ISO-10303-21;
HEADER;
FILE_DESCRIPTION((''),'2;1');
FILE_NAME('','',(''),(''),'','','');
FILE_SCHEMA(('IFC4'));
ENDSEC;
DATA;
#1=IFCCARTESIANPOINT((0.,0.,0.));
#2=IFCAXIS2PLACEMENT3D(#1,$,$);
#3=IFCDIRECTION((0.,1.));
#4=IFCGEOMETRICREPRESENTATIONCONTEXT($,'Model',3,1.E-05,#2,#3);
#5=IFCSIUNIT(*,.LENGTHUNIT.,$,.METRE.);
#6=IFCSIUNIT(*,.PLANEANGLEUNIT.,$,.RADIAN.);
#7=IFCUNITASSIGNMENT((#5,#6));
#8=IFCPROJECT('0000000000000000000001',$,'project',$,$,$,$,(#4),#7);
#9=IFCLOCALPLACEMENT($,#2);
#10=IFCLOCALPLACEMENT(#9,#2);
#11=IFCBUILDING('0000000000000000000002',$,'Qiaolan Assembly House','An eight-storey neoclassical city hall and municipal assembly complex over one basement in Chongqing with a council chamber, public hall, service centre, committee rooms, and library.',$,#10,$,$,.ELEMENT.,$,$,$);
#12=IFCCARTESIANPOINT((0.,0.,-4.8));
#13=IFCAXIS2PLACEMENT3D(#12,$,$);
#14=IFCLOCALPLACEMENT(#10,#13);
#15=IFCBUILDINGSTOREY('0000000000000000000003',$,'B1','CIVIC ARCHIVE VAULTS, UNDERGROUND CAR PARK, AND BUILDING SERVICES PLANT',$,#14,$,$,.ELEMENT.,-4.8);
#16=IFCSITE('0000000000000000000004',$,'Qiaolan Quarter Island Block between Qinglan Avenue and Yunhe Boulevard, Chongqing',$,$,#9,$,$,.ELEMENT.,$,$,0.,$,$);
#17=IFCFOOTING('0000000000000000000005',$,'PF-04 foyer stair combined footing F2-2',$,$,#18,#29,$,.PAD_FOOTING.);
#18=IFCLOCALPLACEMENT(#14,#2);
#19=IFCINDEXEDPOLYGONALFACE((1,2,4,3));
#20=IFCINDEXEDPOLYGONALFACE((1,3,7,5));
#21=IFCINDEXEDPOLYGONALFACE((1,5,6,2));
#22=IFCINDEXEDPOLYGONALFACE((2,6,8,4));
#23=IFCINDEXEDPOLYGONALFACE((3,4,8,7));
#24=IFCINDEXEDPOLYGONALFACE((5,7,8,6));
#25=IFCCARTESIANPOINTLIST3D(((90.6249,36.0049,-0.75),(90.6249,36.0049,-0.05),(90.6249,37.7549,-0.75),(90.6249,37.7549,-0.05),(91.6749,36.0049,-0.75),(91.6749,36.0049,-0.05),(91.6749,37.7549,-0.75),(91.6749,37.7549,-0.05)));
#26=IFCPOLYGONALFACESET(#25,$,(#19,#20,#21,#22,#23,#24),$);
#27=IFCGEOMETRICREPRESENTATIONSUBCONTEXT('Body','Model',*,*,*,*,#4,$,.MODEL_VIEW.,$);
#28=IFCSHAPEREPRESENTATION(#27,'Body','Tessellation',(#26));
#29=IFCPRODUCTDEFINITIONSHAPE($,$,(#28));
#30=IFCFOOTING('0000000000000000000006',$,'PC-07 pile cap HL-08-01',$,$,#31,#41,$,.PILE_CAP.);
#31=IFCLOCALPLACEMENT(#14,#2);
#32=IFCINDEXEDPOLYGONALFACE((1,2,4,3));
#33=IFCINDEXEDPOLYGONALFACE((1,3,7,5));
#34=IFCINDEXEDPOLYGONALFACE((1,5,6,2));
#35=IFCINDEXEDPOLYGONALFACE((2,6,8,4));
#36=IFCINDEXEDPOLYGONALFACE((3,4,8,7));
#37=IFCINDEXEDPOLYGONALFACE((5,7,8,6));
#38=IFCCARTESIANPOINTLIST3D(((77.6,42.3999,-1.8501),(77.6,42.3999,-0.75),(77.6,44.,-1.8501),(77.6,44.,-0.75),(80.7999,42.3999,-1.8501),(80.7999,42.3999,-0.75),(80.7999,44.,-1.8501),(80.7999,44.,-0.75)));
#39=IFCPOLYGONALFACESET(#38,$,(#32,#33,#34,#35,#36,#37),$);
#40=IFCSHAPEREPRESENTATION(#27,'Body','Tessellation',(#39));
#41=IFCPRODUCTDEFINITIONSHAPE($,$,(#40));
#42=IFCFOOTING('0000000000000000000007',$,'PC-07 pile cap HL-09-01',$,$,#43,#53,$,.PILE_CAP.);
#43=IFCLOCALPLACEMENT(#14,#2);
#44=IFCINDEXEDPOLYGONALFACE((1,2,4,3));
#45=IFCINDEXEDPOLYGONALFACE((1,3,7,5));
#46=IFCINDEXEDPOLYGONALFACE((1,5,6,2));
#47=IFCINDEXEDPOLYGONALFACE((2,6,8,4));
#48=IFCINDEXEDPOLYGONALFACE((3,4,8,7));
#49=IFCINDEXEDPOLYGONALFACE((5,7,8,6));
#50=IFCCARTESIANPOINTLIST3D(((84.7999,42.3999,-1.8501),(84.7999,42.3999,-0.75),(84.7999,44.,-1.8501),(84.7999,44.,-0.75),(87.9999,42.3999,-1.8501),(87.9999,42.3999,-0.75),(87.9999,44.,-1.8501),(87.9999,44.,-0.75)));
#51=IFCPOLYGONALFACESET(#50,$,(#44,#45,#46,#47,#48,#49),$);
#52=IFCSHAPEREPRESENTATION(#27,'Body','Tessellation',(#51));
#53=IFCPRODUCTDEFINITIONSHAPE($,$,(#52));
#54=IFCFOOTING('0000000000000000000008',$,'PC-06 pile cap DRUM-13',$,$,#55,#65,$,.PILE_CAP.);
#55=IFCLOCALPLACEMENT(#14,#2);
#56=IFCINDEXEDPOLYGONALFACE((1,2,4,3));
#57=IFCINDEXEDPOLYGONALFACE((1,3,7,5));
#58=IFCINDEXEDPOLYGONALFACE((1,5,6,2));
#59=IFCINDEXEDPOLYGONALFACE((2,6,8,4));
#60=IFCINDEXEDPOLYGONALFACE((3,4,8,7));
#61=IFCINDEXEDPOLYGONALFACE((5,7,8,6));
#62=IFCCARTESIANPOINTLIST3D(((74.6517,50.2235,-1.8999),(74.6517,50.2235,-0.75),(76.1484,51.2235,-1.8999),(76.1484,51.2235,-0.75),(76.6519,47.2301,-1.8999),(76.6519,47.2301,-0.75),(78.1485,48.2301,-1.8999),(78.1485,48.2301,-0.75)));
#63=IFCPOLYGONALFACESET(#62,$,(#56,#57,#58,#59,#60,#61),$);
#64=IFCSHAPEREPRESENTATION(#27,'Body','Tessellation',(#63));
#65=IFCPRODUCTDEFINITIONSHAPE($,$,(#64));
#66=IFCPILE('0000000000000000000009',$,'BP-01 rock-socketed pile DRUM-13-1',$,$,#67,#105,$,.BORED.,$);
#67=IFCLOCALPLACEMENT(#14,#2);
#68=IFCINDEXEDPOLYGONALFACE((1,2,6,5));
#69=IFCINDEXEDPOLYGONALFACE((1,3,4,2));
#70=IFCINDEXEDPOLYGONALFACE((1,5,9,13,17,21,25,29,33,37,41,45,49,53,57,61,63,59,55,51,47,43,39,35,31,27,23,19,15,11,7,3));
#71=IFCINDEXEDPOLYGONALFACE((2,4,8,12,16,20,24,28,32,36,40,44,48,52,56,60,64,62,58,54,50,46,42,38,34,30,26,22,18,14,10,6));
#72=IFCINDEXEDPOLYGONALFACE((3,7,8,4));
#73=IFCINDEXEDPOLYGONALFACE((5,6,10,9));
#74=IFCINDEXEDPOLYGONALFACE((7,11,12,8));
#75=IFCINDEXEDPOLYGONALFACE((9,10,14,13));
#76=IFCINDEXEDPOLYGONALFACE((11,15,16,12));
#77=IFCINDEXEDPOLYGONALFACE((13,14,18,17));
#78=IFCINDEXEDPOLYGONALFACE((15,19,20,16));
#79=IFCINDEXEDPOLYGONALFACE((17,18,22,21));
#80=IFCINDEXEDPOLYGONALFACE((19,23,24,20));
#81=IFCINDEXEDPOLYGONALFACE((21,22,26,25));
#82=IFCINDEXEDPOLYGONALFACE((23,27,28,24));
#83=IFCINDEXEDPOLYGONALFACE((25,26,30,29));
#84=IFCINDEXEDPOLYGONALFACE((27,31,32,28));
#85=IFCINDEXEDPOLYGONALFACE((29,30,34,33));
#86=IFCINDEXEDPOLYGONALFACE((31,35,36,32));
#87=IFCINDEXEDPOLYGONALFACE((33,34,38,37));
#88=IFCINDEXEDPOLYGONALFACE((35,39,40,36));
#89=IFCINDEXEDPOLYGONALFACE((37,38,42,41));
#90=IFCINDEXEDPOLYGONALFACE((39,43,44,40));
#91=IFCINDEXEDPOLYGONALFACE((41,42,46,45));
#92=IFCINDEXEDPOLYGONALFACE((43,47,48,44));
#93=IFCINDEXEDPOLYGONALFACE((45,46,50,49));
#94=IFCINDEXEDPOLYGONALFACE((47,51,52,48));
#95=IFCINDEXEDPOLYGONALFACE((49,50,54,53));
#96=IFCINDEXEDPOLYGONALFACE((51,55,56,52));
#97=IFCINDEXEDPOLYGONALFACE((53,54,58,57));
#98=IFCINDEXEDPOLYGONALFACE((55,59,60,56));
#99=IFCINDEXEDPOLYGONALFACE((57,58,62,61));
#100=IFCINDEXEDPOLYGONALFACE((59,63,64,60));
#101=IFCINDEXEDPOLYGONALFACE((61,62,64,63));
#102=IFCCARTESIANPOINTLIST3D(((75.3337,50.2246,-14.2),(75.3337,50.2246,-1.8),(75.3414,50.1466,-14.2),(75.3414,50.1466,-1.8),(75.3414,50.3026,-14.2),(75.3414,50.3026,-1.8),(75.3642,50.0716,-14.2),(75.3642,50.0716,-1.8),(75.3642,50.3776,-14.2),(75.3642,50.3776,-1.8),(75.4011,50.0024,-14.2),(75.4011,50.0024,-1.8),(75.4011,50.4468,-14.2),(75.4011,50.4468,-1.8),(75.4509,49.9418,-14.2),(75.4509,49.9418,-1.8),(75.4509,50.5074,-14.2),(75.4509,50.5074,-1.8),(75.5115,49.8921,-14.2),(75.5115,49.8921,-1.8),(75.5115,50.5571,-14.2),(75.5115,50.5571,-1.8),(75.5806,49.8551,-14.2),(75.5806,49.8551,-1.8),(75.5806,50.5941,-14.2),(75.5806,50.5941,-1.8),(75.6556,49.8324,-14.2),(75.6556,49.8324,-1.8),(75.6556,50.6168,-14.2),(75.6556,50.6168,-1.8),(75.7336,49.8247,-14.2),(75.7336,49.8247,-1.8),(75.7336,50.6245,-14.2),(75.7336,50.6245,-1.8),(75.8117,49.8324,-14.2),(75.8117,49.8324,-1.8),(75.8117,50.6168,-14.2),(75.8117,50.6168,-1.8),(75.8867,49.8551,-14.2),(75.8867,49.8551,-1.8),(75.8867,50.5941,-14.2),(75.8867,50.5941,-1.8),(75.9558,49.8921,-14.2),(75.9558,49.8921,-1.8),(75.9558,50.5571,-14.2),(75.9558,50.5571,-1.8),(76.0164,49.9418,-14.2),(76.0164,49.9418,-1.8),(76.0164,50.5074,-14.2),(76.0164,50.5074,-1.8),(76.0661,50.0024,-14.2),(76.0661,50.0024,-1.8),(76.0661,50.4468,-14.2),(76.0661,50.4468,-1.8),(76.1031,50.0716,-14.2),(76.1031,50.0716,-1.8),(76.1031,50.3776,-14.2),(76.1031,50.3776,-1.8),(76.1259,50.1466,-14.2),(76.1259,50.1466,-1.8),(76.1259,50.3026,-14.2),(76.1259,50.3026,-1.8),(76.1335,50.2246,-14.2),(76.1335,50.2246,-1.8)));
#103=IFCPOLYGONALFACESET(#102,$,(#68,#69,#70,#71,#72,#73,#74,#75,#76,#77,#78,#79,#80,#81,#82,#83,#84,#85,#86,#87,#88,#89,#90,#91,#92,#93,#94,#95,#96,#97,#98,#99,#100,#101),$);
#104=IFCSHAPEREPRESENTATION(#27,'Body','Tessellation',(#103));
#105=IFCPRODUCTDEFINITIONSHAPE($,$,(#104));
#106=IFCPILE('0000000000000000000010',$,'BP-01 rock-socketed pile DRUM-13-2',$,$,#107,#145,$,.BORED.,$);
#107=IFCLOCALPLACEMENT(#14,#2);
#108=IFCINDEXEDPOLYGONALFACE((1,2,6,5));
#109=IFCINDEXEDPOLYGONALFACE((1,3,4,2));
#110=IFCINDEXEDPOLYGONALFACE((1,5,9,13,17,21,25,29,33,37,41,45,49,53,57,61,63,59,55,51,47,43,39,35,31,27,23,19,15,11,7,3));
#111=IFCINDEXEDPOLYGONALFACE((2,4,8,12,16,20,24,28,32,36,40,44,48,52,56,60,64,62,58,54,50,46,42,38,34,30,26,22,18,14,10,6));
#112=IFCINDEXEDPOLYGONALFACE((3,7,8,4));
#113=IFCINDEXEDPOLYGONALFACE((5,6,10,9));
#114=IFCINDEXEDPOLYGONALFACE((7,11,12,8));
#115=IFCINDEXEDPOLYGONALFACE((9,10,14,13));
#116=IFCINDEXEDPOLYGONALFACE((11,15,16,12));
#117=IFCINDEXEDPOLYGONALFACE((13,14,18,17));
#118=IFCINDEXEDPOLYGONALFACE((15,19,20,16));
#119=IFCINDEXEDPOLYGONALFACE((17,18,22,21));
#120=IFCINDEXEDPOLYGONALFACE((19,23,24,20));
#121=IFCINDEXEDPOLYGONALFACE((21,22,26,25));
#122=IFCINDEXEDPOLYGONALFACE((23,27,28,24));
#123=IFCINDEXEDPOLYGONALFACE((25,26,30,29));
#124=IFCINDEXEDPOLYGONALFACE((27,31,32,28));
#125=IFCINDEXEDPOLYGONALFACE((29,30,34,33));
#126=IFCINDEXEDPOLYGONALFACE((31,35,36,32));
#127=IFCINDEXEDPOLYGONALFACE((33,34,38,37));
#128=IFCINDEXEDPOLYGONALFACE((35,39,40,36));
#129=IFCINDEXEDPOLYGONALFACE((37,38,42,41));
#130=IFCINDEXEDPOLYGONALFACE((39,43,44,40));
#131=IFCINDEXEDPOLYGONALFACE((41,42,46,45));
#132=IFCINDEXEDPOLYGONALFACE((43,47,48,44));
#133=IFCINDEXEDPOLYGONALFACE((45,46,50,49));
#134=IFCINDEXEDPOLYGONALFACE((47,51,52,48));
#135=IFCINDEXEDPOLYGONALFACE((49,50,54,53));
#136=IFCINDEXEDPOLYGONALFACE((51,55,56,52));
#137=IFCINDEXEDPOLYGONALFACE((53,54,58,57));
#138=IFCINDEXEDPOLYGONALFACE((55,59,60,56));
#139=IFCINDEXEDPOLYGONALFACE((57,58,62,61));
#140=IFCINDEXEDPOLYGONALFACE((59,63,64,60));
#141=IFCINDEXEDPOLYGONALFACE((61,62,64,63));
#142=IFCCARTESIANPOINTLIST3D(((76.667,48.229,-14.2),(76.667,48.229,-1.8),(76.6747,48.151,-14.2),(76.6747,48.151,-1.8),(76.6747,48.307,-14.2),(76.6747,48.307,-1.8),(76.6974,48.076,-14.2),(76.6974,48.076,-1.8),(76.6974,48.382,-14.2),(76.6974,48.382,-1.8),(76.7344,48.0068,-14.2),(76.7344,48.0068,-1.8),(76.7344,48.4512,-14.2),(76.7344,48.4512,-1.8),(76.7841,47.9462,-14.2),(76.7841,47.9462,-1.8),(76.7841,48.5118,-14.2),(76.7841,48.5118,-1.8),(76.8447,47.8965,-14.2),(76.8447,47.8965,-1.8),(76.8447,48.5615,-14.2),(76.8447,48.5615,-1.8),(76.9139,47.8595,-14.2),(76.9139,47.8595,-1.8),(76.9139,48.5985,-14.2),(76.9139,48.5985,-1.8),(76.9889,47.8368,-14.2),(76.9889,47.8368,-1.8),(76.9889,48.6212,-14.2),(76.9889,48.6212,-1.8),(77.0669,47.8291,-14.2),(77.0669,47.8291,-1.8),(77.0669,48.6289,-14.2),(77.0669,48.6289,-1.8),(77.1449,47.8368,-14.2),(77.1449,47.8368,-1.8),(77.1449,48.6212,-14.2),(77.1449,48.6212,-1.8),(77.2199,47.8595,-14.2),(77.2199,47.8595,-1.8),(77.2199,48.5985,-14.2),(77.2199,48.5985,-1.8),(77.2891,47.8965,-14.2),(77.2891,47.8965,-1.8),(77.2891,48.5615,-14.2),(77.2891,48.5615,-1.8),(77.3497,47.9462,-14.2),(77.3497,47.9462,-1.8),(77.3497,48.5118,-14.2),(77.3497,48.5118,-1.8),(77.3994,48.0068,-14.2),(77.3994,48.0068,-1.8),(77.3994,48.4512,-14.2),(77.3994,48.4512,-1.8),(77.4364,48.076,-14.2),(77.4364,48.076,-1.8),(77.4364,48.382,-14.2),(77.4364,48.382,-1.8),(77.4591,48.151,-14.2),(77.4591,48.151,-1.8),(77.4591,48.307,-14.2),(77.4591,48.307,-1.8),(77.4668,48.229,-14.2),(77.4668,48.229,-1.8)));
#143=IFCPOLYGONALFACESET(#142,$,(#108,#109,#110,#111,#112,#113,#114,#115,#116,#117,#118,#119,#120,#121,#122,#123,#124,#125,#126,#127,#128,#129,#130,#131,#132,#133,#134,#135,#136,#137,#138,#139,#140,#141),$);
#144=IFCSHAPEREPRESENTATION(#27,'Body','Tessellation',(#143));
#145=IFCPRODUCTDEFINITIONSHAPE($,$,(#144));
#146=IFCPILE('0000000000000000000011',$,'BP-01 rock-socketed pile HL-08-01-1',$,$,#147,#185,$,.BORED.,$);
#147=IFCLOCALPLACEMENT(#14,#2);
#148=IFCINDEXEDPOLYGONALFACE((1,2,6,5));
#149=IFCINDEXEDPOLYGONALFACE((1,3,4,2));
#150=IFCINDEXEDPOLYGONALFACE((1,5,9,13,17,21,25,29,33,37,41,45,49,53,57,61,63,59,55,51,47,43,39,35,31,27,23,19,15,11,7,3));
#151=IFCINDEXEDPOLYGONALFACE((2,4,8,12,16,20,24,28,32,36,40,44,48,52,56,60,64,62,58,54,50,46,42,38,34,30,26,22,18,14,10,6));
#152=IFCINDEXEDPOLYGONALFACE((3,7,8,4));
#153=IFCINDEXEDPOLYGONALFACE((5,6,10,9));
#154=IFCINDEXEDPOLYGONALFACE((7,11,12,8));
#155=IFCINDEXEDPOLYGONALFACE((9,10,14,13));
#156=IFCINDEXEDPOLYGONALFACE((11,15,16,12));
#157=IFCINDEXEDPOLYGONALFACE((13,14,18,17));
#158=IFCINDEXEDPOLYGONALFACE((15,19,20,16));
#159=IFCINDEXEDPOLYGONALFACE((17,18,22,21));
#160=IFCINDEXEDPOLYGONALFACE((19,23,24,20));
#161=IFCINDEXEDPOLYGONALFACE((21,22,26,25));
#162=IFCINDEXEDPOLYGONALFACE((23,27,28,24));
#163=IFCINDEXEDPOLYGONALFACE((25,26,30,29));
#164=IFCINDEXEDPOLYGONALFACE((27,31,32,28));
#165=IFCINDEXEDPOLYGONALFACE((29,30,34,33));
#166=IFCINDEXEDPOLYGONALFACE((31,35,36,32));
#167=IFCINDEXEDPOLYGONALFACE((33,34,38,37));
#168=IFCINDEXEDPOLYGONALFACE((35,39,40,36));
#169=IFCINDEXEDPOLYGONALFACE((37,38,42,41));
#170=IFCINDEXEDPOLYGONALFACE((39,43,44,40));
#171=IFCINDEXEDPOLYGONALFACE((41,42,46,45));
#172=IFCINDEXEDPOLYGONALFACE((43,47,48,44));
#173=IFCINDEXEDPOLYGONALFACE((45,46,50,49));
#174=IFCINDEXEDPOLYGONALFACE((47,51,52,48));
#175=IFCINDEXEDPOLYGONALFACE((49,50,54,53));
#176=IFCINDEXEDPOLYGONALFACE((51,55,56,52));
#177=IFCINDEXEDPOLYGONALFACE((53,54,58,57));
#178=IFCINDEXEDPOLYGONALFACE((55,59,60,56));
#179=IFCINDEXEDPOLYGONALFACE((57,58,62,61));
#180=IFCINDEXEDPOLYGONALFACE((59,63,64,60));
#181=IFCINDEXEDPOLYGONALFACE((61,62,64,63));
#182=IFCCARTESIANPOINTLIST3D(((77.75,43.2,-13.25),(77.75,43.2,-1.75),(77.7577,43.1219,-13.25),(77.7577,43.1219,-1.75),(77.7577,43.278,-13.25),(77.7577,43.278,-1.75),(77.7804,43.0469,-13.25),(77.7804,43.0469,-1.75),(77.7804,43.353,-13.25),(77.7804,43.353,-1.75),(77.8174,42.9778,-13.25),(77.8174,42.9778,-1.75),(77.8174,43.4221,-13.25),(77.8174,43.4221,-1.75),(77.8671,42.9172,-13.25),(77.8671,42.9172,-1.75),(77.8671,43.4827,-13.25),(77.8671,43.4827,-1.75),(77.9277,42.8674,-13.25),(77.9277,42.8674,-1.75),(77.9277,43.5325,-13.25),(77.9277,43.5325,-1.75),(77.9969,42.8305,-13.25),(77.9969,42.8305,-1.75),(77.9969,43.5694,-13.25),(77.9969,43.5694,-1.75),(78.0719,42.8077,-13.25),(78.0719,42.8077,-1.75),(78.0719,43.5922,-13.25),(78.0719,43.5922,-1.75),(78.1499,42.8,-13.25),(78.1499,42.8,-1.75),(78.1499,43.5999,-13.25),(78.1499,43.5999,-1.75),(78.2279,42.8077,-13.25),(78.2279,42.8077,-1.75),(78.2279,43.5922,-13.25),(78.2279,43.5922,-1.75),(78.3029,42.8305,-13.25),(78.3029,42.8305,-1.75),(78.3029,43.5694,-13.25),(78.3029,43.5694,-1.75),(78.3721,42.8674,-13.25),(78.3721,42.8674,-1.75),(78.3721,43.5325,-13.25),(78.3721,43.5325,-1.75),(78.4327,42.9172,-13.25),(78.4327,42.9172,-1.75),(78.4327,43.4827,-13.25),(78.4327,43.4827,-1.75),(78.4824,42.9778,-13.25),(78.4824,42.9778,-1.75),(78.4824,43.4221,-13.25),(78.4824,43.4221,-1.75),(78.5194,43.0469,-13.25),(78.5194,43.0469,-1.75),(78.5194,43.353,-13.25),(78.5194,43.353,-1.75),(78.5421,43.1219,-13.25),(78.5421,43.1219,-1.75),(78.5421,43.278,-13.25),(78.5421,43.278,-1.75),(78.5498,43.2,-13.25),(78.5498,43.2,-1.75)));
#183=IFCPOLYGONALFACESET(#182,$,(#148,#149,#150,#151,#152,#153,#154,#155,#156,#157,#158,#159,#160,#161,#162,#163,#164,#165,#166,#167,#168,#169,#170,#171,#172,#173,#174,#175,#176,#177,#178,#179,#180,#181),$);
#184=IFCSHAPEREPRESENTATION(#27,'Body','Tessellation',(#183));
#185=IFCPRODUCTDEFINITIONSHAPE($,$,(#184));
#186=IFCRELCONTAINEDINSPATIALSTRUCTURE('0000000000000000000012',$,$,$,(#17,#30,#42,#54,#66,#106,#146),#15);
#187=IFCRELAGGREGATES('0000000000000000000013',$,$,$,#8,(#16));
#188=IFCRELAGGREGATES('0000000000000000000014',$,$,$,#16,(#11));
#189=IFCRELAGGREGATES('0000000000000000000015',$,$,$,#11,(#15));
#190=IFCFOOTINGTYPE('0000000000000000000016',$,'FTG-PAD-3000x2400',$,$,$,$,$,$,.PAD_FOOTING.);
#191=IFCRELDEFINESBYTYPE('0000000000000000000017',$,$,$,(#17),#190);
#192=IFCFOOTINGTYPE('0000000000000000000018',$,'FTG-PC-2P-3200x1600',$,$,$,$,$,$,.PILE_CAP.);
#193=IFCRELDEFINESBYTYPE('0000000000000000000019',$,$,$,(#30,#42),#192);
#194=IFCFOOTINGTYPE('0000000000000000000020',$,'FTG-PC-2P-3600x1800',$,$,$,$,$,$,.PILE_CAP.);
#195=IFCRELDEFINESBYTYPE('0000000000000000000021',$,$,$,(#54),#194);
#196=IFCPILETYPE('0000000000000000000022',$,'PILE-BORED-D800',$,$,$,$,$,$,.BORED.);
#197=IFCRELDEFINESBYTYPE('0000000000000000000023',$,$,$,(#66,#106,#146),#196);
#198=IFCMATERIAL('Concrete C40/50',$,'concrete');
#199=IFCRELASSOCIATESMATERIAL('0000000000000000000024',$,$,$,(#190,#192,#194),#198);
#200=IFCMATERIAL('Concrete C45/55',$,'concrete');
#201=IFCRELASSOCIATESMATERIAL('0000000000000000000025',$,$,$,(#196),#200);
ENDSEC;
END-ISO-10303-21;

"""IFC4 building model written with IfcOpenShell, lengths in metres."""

from ifc_helpers import new_model, si_unit, direction, frame, origin, origin_2d, place, context, subcontext, project, spatial, rectangle, circle, extrude, material, material_profile, profile_set, type_object, element, save


model = new_model("IFC4")

# Units and contexts
model_context = context("Model", 3, precision=1e-05, world=origin(), true_north=direction((0.0, 1.0)))
body_context = subcontext(model_context, "Body", "Model", "MODEL_VIEW")
ifc_project = project(units=[si_unit("LENGTHUNIT", "METRE"), si_unit("PLANEANGLEUNIT", "RADIAN")], contexts=[model_context])

# Site, building, storey
site_placement = place(None, origin())
site = spatial("IfcSite", under=ifc_project, at=site_placement, Name="Qiaolan Quarter Island Block between Qinglan Avenue and Yunhe Boulevard, Chongqing", CompositionType="ELEMENT", RefElevation=0.0)
building_placement = place(site_placement, origin())
building = spatial("IfcBuilding", under=site, at=building_placement, Name="Qiaolan Assembly House", Description="An eight-storey neoclassical city hall and municipal assembly complex over one basement in Chongqing with a council chamber, public hall, service centre, committee rooms, and library.", CompositionType="ELEMENT")
storey_placement = place(building_placement, frame((0.0, 0.0, -4.8)))
storey = spatial("IfcBuildingStorey", under=building, at=storey_placement, Name="B1", Description="CIVIC ARCHIVE VAULTS, UNDERGROUND CAR PARK, AND BUILDING SERVICES PLANT", CompositionType="ELEMENT", Elevation=-4.8)

# Footings
ifc_material_1 = material(Name="Concrete C40/50", Category="concrete")
footing_type_1 = type_object("IfcFootingType", Name="FTG-PAD-3000x2400", PredefinedType="PAD_FOOTING", material=ifc_material_1)
footing_1_placement = place(storey_placement, frame((91.1499, 36.8799, -0.75), z_axis=(0.0, 0.0, 1.0), x_axis=(1.0, 0.0, 0.0)))
element("IfcFooting", 1, at=footing_1_placement, inside=storey, type_object=footing_type_1, Name="PF-04 foyer stair combined footing F2-2", PredefinedType="PAD_FOOTING", context=body_context, shape_type="SweptSolid", body=[
    extrude(rectangle(XDim=1.05, YDim=1.75, at=origin_2d()), origin(), (0.0, 0.0, 1.0), 0.7),
])
footing_type_2 = type_object("IfcFootingType", Name="FTG-PC-2P-3200x1600", PredefinedType="PILE_CAP", material=ifc_material_1)
for number, where, z_axis, x_axis, name in (
    (2, (79.2, 43.2, -1.8501), (0.0, 0.0, 1.0), (1.0, 0.0, 0.0), "PC-07 pile cap HL-08-01"),
    (3, (86.3999, 43.2, -1.8501), (0.0, 0.0, 1.0), (1.0, 0.0, 0.0), "PC-07 pile cap HL-09-01"),
):
    element("IfcFooting", number, at=place(storey_placement, frame(where, z_axis=z_axis, x_axis=x_axis)), inside=storey, type_object=footing_type_2, Name=name, PredefinedType="PILE_CAP", context=body_context, shape_type="SweptSolid", body=[
        extrude(rectangle(XDim=3.2, YDim=1.6001, at=origin_2d()), origin(), (0.0, 0.0, 1.0), 1.1001),
    ])
footing_type_3 = type_object("IfcFootingType", Name="FTG-PC-2P-3600x1800", PredefinedType="PILE_CAP", material=ifc_material_1)
footing_2_placement = place(storey_placement, frame((76.4001, 49.2268, -1.8999), z_axis=(0.0, 0.0, 1.0), x_axis=(0.55557, -0.83147, 0.0)))
element("IfcFooting", 4, at=footing_2_placement, inside=storey, type_object=footing_type_3, Name="PC-06 pile cap DRUM-13", PredefinedType="PILE_CAP", context=body_context, shape_type="SweptSolid", body=[
    extrude(rectangle(XDim=3.6001, YDim=1.8, at=origin_2d()), origin(), (0.0, 0.0, 1.0), 1.1499),
])

# Piles
ifc_material_2 = material(Name="Concrete C45/55", Category="concrete")
ifc_material_profile_1 = material_profile(ifc_material_2, circle(Radius=0.3999, at=origin_2d()), Name="PILE D800")
ifc_profile_set_1 = profile_set([ifc_material_profile_1], Name="Concrete C45/55")
pile_type_1 = type_object("IfcPileType", Name="PILE-BORED-D800", PredefinedType="BORED", material=ifc_profile_set_1)
for number, where, z_axis, x_axis, name in (
    (5, (75.7336, 50.2246, -1.8), (0.0, 0.0, -1.0), (1.0, 0.0, 0.0), "BP-01 rock-socketed pile DRUM-13-1"),
    (6, (77.0669, 48.229, -1.8), (0.0, 0.0, -1.0), (1.0, 0.0, 0.0), "BP-01 rock-socketed pile DRUM-13-2"),
):
    element("IfcPile", number, at=place(storey_placement, frame(where, z_axis=z_axis, x_axis=x_axis)), inside=storey, type_object=pile_type_1, Name=name, PredefinedType="BORED", context=body_context, shape_type="SweptSolid", body=[
        extrude(circle(Radius=0.3999, at=origin_2d()), origin(), (0.0, 0.0, 1.0), 12.3999),
    ])
for number, where, z_axis, x_axis, name in (
    (7, (78.1499, 43.2, -1.75), (0.0, 0.0, -1.0), (1.0, 0.0, 0.0), "BP-01 rock-socketed pile HL-08-01-1"),
):
    element("IfcPile", number, at=place(storey_placement, frame(where, z_axis=z_axis, x_axis=x_axis)), inside=storey, type_object=pile_type_1, Name=name, PredefinedType="BORED", context=body_context, shape_type="SweptSolid", body=[
        extrude(circle(Radius=0.3999, at=origin_2d()), origin(), (0.0, 0.0, 1.0), 11.5),
    ])

save(model, "model.ifc")
